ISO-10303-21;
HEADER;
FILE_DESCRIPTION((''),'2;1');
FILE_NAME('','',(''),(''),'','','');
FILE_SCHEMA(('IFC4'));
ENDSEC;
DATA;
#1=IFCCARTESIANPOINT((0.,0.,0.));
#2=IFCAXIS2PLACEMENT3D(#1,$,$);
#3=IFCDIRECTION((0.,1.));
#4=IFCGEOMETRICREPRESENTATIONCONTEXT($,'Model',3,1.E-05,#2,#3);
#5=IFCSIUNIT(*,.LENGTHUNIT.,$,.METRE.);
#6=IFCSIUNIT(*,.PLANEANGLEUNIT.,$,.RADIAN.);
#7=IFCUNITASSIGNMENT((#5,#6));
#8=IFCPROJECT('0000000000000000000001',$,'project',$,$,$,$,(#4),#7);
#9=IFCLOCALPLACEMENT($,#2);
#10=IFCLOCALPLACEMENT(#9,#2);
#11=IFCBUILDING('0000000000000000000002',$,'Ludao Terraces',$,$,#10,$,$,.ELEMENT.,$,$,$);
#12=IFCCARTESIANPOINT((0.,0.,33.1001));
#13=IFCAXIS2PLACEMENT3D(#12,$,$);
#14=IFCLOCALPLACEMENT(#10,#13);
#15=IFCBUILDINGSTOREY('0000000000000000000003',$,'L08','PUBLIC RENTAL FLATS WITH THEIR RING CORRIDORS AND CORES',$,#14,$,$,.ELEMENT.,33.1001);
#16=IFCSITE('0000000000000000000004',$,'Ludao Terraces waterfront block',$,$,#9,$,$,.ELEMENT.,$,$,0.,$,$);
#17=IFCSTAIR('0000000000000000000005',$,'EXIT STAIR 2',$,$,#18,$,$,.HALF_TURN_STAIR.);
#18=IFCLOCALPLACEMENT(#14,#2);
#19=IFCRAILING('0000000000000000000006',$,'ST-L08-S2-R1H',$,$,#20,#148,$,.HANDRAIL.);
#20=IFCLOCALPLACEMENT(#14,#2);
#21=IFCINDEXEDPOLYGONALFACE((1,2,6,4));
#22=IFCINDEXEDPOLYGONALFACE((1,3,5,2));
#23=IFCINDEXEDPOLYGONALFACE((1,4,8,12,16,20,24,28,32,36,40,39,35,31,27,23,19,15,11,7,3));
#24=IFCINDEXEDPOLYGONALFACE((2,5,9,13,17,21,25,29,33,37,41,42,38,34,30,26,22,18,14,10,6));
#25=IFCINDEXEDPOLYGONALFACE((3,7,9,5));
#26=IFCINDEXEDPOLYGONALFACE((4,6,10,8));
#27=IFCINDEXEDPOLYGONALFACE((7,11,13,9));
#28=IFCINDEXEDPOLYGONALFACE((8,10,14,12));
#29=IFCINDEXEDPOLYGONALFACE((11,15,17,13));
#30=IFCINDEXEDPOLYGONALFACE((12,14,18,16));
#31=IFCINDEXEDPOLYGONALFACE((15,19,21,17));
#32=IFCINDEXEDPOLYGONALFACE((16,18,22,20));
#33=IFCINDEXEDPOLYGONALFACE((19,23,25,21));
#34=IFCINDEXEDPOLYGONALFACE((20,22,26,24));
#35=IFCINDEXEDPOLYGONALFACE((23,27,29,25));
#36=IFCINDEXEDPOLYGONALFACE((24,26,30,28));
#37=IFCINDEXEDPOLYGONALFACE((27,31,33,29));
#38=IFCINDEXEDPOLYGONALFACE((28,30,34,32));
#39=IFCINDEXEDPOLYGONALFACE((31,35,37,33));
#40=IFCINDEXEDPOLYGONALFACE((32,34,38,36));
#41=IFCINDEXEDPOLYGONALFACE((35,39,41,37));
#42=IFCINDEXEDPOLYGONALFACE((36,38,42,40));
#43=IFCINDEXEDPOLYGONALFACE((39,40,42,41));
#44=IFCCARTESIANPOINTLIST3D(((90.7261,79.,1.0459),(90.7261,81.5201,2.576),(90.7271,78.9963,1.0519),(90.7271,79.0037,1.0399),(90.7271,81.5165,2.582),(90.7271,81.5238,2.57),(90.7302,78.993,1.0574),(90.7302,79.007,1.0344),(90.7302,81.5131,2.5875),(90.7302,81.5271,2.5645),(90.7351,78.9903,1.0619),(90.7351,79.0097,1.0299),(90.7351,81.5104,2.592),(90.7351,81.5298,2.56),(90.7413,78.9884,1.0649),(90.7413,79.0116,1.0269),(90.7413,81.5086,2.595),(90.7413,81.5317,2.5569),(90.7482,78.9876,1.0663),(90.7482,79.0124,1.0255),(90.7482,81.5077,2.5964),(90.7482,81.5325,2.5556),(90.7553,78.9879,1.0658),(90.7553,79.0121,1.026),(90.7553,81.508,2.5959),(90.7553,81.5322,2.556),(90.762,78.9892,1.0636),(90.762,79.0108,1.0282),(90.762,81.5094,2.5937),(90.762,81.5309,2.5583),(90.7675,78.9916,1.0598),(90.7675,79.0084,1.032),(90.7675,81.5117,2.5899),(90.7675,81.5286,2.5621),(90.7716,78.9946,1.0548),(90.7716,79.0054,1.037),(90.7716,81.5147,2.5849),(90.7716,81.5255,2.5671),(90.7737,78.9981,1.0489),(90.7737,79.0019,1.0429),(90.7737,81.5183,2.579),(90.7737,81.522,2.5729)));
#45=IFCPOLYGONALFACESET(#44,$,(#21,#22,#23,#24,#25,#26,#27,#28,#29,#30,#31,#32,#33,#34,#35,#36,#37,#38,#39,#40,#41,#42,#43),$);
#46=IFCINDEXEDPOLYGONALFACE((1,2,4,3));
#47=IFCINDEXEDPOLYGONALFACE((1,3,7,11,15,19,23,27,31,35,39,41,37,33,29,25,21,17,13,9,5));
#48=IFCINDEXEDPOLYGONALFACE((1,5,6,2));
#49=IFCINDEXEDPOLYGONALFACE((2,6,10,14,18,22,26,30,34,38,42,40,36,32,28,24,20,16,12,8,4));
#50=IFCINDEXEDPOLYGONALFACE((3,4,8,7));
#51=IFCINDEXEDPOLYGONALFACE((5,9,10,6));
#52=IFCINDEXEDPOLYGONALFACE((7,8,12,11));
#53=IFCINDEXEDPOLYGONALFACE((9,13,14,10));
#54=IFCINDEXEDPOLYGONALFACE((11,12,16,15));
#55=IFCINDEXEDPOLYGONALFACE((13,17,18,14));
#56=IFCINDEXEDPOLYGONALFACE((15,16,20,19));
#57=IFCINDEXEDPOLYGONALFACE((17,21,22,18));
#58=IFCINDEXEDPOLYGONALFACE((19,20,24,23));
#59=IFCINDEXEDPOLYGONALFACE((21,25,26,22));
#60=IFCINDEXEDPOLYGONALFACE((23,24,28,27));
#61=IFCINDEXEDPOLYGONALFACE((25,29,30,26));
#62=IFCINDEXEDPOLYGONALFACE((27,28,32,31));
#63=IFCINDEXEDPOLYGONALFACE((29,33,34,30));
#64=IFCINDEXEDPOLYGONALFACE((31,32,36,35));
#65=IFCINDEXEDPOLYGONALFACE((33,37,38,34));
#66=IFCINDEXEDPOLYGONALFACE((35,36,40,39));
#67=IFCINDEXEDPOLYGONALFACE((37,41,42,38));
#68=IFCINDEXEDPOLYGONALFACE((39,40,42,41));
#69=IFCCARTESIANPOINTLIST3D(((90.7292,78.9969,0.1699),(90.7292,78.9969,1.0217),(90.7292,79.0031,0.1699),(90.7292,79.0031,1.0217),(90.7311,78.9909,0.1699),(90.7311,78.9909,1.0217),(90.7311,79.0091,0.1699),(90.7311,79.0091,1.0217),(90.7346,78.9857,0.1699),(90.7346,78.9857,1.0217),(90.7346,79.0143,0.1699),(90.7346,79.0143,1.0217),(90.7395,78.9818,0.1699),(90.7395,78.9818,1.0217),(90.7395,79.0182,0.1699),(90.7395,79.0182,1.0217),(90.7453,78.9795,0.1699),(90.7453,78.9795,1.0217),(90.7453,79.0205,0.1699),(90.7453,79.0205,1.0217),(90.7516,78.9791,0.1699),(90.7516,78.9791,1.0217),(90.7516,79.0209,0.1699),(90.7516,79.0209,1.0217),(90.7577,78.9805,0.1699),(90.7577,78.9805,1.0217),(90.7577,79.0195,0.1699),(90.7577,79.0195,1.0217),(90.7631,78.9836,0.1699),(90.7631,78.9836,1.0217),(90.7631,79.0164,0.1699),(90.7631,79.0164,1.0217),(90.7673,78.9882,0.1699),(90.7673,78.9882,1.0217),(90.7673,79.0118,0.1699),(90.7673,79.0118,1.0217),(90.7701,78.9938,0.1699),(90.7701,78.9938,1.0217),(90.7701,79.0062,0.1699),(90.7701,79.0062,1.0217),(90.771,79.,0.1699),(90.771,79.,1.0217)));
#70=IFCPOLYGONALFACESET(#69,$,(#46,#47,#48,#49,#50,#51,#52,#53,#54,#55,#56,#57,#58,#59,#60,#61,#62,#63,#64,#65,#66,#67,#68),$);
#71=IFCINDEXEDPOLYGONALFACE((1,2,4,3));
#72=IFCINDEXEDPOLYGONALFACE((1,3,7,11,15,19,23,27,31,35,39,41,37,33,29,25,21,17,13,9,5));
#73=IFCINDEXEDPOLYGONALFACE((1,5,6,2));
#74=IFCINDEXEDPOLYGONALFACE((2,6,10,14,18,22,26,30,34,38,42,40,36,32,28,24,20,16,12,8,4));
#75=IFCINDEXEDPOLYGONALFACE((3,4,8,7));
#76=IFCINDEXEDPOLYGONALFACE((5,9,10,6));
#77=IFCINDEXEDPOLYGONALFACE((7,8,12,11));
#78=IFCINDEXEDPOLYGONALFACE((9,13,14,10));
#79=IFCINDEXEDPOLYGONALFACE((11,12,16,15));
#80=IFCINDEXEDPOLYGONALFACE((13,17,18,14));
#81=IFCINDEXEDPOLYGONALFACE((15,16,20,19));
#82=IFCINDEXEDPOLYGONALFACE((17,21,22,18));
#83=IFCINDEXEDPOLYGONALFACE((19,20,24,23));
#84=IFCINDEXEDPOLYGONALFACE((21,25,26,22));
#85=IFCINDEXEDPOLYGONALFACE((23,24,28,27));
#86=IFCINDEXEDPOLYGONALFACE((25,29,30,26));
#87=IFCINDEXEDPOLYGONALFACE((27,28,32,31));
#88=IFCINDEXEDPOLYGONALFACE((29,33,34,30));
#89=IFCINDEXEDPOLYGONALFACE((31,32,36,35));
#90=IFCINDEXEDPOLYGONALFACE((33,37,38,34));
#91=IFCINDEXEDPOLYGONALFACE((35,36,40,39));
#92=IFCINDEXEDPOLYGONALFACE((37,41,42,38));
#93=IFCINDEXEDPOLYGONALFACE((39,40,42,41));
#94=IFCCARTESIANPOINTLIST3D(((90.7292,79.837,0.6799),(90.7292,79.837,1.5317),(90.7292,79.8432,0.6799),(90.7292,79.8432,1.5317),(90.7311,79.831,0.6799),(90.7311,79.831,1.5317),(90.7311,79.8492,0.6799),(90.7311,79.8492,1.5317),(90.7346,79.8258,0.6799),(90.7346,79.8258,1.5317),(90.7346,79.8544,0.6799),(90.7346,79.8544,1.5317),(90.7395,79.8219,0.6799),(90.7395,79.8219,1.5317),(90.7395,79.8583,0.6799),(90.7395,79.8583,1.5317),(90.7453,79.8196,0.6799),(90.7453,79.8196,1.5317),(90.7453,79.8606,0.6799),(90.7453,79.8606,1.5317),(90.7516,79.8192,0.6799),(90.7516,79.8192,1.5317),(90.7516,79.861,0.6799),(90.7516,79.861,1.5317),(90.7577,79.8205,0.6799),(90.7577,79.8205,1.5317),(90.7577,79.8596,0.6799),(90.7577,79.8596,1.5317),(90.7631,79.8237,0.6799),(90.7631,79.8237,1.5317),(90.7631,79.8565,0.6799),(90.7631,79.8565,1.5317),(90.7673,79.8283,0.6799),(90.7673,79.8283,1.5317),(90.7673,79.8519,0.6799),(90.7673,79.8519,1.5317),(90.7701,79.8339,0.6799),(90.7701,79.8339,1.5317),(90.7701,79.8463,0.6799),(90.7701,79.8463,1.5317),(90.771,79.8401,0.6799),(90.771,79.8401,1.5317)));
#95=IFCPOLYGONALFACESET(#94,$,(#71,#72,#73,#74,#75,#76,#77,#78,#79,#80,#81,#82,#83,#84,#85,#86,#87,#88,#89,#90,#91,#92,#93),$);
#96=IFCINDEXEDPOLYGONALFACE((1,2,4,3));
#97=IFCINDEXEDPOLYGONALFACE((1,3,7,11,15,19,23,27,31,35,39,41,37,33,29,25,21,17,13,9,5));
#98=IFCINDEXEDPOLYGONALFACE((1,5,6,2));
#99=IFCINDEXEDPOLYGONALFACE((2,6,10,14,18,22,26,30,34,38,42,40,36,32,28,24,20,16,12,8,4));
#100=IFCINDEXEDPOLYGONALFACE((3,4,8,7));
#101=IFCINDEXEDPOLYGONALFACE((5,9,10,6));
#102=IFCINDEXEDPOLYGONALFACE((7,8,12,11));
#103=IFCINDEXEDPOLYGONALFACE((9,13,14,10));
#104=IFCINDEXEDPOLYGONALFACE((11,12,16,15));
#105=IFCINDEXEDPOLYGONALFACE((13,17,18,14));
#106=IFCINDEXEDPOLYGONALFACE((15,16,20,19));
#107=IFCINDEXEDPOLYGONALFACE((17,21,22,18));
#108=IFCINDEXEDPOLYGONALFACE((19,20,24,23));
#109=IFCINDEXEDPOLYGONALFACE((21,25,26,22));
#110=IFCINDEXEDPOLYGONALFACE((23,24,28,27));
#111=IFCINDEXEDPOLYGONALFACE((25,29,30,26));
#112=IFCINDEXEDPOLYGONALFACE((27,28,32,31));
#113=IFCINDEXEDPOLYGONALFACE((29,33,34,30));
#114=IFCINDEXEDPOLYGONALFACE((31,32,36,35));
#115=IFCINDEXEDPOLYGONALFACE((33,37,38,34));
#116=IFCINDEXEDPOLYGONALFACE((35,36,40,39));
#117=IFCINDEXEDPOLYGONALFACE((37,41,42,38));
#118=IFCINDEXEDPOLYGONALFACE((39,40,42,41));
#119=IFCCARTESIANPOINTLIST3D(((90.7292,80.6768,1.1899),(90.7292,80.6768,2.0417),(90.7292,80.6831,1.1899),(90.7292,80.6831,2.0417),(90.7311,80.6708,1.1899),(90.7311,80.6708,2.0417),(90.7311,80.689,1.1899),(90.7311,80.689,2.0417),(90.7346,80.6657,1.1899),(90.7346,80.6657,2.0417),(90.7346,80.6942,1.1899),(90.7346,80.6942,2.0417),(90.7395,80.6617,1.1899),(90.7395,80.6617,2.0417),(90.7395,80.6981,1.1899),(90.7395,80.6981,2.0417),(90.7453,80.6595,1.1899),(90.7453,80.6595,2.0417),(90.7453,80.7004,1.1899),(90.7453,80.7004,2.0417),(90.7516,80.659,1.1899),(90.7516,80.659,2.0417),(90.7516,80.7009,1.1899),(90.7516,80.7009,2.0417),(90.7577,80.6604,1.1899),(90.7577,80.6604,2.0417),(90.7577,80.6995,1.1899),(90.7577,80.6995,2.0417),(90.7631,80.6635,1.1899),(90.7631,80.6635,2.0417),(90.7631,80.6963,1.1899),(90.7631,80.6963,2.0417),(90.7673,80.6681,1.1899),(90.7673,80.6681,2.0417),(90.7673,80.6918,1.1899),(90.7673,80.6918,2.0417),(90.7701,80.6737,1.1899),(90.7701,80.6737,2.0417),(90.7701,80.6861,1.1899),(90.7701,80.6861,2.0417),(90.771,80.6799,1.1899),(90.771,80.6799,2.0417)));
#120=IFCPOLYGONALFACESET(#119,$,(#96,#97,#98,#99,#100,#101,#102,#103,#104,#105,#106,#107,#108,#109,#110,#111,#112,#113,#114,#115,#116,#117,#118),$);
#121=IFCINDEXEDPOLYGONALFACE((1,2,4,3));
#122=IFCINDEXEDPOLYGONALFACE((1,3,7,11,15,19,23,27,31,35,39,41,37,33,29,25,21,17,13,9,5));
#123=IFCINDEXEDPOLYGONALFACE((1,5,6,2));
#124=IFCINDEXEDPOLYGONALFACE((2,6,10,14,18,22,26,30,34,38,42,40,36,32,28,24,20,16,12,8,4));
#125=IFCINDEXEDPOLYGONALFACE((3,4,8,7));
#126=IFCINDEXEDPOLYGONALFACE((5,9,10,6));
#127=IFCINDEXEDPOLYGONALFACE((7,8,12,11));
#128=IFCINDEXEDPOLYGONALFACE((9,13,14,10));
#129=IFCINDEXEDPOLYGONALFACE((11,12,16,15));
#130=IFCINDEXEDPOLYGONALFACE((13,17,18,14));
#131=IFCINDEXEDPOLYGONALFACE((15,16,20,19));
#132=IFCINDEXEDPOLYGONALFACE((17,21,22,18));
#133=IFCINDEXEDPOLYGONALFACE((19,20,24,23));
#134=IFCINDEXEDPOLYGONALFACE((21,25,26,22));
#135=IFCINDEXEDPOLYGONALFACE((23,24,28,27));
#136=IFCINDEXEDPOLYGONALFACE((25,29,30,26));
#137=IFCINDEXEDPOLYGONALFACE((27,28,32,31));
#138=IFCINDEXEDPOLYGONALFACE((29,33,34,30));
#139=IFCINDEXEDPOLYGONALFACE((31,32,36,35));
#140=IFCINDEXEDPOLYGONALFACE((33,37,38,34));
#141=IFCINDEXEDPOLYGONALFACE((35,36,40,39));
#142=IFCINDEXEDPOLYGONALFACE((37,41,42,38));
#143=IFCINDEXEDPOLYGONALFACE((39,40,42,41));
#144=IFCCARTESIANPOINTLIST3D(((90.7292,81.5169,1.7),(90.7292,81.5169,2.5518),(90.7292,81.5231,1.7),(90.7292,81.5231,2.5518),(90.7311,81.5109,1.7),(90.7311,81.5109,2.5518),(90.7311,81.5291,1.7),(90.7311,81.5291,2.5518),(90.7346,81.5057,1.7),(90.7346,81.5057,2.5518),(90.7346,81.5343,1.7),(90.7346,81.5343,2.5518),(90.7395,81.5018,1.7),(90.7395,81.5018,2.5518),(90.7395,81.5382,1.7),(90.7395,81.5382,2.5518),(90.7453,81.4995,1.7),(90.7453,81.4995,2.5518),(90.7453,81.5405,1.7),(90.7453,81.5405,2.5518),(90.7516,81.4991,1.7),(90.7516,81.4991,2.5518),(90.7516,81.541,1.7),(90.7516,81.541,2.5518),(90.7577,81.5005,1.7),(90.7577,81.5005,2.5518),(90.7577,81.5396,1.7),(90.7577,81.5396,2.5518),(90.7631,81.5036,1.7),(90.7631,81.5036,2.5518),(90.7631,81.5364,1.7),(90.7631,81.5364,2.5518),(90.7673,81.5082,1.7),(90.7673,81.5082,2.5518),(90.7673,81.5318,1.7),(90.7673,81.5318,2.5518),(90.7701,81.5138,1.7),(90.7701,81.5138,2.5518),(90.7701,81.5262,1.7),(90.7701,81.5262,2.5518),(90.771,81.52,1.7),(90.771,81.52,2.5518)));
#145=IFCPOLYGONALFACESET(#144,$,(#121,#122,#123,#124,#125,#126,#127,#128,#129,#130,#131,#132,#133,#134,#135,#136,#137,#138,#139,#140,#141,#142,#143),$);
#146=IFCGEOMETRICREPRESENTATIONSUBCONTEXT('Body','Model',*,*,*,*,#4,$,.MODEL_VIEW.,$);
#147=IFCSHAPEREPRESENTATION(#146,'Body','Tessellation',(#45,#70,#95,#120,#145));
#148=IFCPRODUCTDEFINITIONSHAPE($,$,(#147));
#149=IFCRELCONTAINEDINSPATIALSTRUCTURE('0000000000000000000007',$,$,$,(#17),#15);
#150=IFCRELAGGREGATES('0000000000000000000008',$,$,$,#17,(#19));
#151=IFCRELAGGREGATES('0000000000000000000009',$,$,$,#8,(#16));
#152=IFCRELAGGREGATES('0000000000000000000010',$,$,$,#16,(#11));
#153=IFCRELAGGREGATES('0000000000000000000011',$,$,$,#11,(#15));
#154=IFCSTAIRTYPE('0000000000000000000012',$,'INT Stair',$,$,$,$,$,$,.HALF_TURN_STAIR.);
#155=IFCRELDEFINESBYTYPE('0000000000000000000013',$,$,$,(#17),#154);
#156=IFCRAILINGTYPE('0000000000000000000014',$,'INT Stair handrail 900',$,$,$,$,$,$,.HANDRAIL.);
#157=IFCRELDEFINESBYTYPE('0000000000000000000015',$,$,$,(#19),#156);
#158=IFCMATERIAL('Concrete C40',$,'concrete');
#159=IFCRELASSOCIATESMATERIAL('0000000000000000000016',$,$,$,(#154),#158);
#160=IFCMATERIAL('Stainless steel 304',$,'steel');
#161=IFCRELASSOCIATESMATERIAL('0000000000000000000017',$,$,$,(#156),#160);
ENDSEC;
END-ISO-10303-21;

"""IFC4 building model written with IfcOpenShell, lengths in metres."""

from ifc_helpers import new_model, si_unit, direction, frame, origin, origin_2d, place, context, subcontext, project, spatial, circle, extrude, material, type_object, element, aggregate, save


model = new_model("IFC4")

# Units and contexts
model_context = context("Model", 3, precision=1e-05, world=origin(), true_north=direction((0.0, 1.0)))
body_context = subcontext(model_context, "Body", "Model", "MODEL_VIEW")
ifc_project = project(units=[si_unit("LENGTHUNIT", "METRE"), si_unit("PLANEANGLEUNIT", "RADIAN")], contexts=[model_context])

# Site, building, storey
site_placement = place(None, origin())
site = spatial("IfcSite", under=ifc_project, at=site_placement, Name="Ludao Terraces waterfront block", CompositionType="ELEMENT", RefElevation=0.0)
building_placement = place(site_placement, origin())
building = spatial("IfcBuilding", under=site, at=building_placement, Name="Ludao Terraces", CompositionType="ELEMENT")
storey_placement = place(building_placement, frame((0.0, 0.0, 33.1001)))
storey = spatial("IfcBuildingStorey", under=building, at=storey_placement, Name="L08", Description="PUBLIC RENTAL FLATS WITH THEIR RING CORRIDORS AND CORES", CompositionType="ELEMENT", Elevation=33.1001)

# Stair, railing
ifc_material_1 = material(Name="Concrete C40", Category="concrete")
stair_type = type_object("IfcStairType", Name="INT Stair", PredefinedType="HALF_TURN_STAIR", material=ifc_material_1)
stair_placement = place(storey_placement, origin())
stair = element("IfcStair", 1, at=stair_placement, inside=storey, type_object=stair_type, Name="EXIT STAIR 2", PredefinedType="HALF_TURN_STAIR")
ifc_material_2 = material(Name="Stainless steel 304", Category="steel")
railing_type_1 = type_object("IfcRailingType", Name="INT Stair handrail 900", PredefinedType="HANDRAIL", material=ifc_material_2)
railing_1_placement = place(storey_placement, frame((90.75, 79.0, 0.1699)))
railing_1 = element("IfcRailing", 2, at=railing_1_placement, type_object=railing_type_1, Name="ST-L08-S2-R1H", PredefinedType="HANDRAIL", context=body_context, shape_type="SweptSolid", body=[
    extrude(circle(Radius=0.0239, at=origin_2d()), frame((0.0, 0.0, 0.876), z_axis=(0.0, 0.854785, 0.518982), x_axis=(-1.0, 0.0, 0.0)), (0.0, 0.0, 1.0), 2.9482),
    extrude(circle(Radius=0.021, at=origin_2d()), origin(), (0.0, 0.0, 1.0), 0.8518),
    extrude(circle(Radius=0.021, at=origin_2d()), frame((0.0, 0.8401, 0.51)), (0.0, 0.0, 1.0), 0.8518),
    extrude(circle(Radius=0.021, at=origin_2d()), frame((0.0, 1.6799, 1.02)), (0.0, 0.0, 1.0), 0.8518),
    extrude(circle(Radius=0.021, at=origin_2d()), frame((0.0, 2.52, 1.53)), (0.0, 0.0, 1.0), 0.8518),
])
aggregate(stair, [railing_1])

save(model, "model.ifc")
